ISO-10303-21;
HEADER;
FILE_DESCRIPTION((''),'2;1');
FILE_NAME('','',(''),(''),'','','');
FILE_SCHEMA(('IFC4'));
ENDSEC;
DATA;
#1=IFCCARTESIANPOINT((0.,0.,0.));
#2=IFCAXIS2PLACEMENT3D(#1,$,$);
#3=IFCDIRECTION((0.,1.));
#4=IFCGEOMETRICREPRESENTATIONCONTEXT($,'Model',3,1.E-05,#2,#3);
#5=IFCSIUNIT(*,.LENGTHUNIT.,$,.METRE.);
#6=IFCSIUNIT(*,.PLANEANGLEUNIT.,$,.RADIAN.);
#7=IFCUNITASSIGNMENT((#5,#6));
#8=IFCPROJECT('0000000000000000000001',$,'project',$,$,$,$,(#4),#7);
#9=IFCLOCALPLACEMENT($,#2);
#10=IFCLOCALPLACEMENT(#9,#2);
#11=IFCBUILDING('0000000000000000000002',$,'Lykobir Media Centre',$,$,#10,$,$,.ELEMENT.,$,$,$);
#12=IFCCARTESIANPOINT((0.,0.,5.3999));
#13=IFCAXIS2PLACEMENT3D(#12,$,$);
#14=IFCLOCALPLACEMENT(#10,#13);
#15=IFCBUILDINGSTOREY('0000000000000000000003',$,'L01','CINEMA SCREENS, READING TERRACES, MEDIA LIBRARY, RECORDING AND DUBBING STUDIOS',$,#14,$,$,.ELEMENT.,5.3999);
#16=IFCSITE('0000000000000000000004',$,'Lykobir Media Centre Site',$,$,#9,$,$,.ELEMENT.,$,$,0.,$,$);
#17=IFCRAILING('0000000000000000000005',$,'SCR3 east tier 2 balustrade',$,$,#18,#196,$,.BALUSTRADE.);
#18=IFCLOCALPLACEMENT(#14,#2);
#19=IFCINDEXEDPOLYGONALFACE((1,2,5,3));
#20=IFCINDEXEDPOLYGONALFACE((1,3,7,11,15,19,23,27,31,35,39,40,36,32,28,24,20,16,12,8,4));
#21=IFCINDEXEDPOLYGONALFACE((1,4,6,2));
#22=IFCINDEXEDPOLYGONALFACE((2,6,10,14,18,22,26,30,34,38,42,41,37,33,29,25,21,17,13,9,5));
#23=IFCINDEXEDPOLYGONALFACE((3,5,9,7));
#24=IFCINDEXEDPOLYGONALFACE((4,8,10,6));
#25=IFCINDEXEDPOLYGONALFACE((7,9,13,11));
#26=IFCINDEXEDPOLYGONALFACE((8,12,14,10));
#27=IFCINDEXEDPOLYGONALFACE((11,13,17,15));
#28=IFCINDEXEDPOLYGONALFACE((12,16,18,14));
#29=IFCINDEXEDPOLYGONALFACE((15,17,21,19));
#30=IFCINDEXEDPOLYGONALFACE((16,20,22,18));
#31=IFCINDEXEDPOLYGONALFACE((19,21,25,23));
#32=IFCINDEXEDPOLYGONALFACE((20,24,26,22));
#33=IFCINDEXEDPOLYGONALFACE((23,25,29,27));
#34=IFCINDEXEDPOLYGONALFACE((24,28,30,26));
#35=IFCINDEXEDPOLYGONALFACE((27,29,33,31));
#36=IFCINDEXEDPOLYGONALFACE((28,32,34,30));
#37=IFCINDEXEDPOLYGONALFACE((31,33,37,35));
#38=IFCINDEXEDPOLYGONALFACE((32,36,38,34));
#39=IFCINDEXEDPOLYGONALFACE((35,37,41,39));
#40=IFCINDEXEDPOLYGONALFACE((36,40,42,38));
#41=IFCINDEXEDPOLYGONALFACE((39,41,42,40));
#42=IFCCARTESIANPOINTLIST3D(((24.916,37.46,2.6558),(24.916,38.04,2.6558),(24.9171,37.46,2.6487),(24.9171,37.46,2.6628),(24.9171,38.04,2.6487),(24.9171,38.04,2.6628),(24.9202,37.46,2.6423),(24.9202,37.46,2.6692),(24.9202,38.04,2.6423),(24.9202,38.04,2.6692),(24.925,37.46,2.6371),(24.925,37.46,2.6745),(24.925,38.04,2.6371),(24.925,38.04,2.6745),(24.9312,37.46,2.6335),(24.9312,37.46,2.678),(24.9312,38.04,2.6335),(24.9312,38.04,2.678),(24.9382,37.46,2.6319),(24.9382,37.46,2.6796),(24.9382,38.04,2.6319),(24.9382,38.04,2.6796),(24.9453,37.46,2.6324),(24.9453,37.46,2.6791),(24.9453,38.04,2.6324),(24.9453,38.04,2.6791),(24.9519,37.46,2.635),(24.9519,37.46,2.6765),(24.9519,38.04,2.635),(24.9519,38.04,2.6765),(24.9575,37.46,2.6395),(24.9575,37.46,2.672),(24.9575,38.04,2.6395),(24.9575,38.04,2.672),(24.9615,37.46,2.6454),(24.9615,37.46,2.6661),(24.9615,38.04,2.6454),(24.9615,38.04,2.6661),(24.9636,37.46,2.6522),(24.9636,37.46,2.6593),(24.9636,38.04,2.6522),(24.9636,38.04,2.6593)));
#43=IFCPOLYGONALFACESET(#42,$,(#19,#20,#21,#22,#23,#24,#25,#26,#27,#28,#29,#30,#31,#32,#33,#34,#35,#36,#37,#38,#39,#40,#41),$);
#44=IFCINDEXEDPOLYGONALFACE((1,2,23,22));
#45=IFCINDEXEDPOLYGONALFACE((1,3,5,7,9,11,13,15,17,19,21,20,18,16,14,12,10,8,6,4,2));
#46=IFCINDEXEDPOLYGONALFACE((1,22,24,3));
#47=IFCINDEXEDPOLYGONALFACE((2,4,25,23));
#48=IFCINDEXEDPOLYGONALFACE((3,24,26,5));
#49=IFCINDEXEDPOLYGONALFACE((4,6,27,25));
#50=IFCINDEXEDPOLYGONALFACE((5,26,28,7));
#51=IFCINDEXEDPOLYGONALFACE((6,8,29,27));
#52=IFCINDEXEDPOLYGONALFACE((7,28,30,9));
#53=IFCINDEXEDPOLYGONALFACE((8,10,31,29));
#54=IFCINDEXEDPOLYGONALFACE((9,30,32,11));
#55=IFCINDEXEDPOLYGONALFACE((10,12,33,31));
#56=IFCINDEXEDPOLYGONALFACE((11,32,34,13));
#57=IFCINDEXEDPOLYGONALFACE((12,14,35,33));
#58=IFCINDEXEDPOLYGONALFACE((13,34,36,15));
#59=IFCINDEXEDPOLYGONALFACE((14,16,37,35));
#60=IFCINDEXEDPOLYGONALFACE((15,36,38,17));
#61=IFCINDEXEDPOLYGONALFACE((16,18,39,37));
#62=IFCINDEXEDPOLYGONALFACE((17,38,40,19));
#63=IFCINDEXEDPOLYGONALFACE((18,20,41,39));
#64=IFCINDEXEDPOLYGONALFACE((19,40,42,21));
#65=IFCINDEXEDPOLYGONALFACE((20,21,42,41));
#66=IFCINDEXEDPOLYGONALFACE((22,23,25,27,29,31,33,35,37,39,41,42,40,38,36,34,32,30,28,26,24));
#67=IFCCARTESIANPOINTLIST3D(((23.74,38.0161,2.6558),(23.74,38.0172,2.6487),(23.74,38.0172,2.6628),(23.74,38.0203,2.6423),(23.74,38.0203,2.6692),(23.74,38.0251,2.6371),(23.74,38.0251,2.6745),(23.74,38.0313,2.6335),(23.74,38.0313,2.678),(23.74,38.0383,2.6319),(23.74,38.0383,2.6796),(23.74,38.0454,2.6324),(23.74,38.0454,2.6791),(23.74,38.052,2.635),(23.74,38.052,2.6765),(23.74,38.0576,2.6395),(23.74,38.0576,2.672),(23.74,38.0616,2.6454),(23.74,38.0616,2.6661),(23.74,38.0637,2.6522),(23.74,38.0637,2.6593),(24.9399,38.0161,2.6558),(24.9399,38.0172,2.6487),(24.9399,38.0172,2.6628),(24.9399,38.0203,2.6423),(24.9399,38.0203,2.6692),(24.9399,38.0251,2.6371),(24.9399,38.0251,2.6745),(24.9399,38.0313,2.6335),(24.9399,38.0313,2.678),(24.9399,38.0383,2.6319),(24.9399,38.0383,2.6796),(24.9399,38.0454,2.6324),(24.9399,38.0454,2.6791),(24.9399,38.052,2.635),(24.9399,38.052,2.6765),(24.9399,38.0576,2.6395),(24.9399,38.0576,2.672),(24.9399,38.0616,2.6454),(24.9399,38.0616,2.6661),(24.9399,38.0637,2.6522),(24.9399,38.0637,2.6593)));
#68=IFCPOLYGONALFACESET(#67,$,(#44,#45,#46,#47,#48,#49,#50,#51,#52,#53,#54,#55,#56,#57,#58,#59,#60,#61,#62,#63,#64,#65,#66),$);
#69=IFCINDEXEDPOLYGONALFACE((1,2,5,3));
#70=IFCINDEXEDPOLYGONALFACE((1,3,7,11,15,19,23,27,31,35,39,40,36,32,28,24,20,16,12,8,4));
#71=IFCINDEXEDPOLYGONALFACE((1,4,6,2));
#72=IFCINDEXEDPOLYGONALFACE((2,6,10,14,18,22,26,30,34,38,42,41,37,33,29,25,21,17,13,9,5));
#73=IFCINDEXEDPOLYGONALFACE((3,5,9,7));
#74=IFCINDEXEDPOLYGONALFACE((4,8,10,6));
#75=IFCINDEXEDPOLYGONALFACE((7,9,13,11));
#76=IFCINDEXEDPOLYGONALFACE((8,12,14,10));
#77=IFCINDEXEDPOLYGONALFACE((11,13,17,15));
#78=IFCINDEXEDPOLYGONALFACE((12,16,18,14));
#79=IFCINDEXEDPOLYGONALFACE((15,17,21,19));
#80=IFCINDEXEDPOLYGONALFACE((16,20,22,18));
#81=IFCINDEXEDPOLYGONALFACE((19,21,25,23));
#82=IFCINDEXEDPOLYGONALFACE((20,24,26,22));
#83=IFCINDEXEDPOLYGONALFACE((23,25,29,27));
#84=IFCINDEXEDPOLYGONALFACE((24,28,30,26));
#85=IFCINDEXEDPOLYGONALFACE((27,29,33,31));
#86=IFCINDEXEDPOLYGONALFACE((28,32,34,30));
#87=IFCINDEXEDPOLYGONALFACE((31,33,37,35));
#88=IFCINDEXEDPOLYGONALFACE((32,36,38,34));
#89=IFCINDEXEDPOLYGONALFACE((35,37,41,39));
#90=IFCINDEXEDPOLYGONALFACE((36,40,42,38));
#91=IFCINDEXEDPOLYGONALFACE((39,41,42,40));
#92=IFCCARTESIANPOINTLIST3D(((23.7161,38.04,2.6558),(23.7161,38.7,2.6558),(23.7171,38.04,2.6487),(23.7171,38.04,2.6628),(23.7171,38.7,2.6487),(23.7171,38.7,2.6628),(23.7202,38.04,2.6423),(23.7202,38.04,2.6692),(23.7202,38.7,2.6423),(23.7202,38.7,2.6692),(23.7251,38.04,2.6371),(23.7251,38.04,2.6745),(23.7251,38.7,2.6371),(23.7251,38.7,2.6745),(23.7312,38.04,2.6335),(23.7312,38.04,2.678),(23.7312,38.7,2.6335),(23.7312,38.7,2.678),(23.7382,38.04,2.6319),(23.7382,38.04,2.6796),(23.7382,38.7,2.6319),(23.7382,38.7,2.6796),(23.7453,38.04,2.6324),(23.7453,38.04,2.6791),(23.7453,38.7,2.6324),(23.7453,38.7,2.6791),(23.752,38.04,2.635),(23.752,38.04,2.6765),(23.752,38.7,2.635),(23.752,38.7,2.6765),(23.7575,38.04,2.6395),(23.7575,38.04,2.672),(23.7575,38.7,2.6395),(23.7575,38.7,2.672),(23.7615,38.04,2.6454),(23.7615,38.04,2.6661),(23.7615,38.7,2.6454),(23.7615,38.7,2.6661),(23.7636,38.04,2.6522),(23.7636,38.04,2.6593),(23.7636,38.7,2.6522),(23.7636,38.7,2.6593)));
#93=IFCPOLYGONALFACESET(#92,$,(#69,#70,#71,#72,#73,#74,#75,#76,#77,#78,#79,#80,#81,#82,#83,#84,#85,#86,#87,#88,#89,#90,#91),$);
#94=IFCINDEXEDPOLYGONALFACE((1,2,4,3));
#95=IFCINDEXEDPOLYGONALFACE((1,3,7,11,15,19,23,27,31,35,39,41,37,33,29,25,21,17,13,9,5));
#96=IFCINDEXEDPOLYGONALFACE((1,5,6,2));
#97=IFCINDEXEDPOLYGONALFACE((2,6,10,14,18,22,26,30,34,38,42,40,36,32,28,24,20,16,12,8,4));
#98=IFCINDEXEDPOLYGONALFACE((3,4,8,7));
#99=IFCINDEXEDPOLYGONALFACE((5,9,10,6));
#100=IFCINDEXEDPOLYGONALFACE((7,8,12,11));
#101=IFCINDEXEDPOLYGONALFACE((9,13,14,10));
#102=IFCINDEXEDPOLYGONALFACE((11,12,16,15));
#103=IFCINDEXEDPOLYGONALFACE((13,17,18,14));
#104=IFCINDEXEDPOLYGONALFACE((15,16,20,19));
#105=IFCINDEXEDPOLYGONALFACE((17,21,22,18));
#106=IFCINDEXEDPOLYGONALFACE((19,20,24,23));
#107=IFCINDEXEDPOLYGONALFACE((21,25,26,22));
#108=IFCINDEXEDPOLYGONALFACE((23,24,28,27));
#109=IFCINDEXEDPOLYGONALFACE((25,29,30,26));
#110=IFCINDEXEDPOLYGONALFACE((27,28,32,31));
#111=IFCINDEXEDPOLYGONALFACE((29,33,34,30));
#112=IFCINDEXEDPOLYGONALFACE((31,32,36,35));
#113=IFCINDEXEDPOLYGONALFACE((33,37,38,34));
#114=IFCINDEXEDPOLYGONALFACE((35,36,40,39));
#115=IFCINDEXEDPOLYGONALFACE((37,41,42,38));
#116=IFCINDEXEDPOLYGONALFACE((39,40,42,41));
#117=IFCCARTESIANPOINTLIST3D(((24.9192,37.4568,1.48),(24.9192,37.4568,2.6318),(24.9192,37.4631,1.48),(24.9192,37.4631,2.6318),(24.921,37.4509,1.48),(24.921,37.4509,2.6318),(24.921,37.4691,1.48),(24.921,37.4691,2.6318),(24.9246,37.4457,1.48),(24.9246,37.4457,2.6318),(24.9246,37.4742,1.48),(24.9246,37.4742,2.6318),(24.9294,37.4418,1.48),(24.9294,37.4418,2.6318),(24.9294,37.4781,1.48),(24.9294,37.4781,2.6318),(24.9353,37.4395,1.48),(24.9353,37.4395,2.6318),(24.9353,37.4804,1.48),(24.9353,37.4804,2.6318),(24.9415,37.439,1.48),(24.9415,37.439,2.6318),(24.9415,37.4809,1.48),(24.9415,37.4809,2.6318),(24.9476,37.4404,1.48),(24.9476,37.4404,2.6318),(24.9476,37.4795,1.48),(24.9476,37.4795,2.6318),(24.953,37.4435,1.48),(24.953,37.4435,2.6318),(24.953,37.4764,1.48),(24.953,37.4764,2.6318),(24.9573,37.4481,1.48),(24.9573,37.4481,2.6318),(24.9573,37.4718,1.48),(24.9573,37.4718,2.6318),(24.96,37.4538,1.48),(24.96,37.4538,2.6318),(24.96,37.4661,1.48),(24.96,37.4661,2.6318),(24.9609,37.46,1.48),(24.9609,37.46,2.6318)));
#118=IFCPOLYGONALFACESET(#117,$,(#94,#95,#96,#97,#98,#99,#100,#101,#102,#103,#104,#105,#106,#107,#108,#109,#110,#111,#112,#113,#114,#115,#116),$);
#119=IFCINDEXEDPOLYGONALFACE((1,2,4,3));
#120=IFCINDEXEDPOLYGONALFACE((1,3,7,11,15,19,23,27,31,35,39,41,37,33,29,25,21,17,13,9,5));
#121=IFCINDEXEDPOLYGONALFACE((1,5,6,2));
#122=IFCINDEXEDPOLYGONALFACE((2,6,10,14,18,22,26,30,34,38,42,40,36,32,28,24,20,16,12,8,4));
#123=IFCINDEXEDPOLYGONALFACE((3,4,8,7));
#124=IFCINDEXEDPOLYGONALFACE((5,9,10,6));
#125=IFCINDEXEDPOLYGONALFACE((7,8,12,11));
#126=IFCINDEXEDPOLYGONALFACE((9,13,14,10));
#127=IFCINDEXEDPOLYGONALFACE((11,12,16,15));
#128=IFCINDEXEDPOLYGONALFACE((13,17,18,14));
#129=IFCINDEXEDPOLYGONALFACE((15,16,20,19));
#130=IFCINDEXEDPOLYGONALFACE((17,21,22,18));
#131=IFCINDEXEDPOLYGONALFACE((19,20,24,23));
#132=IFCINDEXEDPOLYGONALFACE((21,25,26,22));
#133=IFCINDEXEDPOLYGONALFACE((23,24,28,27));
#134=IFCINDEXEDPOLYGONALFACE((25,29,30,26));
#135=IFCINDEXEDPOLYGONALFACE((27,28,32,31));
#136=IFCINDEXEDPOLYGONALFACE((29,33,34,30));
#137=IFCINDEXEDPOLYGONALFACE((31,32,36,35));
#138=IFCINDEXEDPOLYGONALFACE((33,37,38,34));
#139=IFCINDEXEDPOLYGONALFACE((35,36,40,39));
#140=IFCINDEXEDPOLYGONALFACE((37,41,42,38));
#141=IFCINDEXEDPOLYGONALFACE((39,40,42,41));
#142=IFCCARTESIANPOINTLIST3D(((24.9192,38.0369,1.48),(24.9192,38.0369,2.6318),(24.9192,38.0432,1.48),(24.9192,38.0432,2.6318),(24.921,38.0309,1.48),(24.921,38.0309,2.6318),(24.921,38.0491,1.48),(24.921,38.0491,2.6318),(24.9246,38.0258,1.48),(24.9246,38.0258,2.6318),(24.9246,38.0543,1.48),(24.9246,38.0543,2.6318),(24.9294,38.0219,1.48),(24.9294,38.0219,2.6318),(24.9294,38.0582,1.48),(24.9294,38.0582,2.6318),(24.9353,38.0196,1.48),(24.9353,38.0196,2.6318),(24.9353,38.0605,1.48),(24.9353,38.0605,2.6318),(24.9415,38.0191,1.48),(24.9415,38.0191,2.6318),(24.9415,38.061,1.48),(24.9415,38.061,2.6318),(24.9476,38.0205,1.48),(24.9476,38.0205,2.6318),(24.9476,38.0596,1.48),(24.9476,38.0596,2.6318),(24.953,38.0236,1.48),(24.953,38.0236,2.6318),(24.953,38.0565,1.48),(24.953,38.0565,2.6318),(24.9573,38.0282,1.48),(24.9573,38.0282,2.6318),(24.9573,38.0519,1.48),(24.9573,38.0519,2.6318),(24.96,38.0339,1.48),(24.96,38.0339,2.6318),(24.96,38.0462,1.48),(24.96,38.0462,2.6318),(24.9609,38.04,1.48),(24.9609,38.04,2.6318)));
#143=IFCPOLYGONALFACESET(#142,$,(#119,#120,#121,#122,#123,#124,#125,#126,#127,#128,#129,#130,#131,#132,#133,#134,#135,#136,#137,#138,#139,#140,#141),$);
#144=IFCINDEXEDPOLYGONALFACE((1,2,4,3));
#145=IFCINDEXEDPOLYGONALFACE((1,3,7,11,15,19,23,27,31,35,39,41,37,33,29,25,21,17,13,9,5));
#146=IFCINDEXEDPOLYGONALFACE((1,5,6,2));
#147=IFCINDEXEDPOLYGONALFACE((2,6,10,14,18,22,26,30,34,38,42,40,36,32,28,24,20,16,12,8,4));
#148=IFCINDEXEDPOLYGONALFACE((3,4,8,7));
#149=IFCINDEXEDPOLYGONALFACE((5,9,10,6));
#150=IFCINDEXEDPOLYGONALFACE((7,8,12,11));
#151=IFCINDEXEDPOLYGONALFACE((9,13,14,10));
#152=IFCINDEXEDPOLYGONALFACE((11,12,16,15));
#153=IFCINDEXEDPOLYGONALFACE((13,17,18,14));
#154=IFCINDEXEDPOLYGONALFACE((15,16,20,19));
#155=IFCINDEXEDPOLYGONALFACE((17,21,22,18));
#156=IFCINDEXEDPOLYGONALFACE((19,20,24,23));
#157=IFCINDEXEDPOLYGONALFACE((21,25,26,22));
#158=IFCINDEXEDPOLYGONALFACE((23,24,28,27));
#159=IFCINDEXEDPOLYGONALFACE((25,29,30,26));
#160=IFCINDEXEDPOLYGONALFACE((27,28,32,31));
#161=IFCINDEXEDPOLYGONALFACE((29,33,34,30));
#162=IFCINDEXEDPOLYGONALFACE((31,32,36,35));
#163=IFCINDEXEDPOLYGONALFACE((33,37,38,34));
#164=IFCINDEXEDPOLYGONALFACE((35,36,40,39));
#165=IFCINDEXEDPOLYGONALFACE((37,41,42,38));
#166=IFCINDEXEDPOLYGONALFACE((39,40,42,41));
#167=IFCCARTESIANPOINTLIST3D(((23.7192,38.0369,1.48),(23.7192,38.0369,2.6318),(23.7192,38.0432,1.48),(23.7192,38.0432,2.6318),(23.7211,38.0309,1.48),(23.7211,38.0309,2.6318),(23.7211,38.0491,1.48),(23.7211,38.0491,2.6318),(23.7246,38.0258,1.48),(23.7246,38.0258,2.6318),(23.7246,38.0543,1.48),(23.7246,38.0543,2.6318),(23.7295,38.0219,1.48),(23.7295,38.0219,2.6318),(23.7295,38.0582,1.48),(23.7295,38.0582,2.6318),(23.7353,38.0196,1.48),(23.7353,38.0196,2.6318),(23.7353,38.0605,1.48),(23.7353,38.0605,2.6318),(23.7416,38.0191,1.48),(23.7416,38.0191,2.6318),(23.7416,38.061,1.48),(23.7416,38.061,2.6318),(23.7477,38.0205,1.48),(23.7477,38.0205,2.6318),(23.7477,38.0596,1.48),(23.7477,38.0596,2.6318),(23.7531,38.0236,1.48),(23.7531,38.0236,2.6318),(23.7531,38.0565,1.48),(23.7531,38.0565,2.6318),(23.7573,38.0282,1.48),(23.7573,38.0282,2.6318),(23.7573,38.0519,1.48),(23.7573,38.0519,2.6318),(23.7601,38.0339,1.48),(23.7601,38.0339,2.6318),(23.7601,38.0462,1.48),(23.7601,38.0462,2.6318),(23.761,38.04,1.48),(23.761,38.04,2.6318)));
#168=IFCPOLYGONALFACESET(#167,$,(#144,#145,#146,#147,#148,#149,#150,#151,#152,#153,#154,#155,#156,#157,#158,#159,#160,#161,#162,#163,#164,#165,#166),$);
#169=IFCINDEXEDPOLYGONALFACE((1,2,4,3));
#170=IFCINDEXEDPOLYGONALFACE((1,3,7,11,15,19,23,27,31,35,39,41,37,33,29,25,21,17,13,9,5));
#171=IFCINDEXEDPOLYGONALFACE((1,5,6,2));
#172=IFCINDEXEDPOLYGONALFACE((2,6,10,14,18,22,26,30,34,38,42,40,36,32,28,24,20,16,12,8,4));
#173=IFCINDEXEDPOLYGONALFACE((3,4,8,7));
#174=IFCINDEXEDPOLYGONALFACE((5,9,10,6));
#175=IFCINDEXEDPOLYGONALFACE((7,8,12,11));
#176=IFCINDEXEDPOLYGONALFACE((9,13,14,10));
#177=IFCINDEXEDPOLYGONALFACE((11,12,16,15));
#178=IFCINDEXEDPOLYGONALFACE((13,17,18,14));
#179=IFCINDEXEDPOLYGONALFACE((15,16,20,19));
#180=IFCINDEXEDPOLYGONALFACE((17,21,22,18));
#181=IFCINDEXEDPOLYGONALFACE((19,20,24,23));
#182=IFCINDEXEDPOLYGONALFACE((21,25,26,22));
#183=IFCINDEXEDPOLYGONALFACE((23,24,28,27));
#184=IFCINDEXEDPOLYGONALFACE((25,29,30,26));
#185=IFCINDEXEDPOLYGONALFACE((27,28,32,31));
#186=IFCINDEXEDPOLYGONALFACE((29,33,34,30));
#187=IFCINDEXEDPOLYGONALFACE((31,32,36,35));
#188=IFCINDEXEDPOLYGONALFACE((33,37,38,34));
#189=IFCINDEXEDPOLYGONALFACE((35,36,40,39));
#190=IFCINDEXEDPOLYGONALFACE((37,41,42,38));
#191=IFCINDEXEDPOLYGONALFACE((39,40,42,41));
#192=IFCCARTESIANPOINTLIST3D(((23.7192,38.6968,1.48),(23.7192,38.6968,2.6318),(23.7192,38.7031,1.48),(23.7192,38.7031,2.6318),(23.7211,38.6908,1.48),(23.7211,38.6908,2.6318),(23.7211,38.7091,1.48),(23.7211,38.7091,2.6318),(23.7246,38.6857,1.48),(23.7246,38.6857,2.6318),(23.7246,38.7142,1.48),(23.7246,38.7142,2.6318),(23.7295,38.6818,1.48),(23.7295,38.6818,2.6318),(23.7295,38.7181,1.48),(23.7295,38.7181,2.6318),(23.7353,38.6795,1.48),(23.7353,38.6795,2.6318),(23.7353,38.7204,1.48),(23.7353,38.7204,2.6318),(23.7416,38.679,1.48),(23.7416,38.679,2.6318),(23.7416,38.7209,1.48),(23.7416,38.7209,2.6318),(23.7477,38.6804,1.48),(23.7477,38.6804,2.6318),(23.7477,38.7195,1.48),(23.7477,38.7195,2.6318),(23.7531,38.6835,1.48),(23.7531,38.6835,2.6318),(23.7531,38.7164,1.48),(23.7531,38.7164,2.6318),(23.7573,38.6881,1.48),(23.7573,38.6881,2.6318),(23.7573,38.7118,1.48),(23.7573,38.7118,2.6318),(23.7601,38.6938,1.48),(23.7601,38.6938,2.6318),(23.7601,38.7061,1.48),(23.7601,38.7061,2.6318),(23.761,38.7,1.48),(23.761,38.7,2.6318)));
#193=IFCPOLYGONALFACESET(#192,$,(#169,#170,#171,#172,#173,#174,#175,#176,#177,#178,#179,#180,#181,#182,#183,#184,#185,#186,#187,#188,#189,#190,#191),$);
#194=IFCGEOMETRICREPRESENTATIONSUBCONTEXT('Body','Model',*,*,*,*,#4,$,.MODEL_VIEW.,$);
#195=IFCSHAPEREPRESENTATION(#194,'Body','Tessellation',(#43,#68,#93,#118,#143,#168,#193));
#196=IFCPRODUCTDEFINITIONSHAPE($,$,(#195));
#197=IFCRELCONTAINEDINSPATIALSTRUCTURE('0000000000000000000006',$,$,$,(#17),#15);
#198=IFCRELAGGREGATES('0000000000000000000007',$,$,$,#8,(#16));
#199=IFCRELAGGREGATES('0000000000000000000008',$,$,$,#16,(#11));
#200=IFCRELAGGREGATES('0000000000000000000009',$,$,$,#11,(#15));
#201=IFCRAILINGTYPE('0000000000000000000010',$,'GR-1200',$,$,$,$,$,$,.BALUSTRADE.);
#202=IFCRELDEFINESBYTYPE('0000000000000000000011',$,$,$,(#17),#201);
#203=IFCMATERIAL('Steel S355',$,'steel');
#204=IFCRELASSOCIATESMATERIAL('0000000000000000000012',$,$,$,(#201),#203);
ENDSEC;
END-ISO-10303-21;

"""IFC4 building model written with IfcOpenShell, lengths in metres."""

from ifc_helpers import new_model, si_unit, direction, frame, origin, origin_2d, place, context, subcontext, project, spatial, circle, extrude, material, type_object, element, save


model = new_model("IFC4")

# Units and contexts
model_context = context("Model", 3, precision=1e-05, world=origin(), true_north=direction((0.0, 1.0)))
body_context = subcontext(model_context, "Body", "Model", "MODEL_VIEW")
ifc_project = project(units=[si_unit("LENGTHUNIT", "METRE"), si_unit("PLANEANGLEUNIT", "RADIAN")], contexts=[model_context])

# Site, building, storey
site_placement = place(None, origin())
site = spatial("IfcSite", under=ifc_project, at=site_placement, Name="Lykobir Media Centre Site", CompositionType="ELEMENT", RefElevation=0.0)
building_placement = place(site_placement, origin())
building = spatial("IfcBuilding", under=site, at=building_placement, Name="Lykobir Media Centre", CompositionType="ELEMENT")
storey_placement = place(building_placement, frame((0.0, 0.0, 5.3999)))
storey = spatial("IfcBuildingStorey", under=building, at=storey_placement, Name="L01", Description="CINEMA SCREENS, READING TERRACES, MEDIA LIBRARY, RECORDING AND DUBBING STUDIOS", CompositionType="ELEMENT", Elevation=5.3999)

# Shared definitions
ifc_material = material(Name="Steel S355", Category="steel")

# Railing
railing_type = type_object("IfcRailingType", Name="GR-1200", PredefinedType="BALUSTRADE", material=ifc_material)
railing_1_placement = place(storey_placement, frame((24.9399, 37.46, 1.48)))
element("IfcRailing", 1, at=railing_1_placement, inside=storey, type_object=railing_type, Name="SCR3 east tier 2 balustrade", PredefinedType="BALUSTRADE", context=body_context, shape_type="SweptSolid", body=[
    extrude(circle(Radius=0.0239, at=origin_2d()), frame((0.0, 0.0, 1.1758), z_axis=(0.0, 1.0, 0.0), x_axis=(-1.0, 0.0, 0.0)), (0.0, 0.0, 1.0), 0.5801),
    extrude(circle(Radius=0.0239, at=origin_2d()), frame((0.0, 0.5801, 1.1758), z_axis=(-1.0, 0.0, 0.0), x_axis=(0.0, -1.0, 0.0)), (0.0, 0.0, 1.0), 1.2),
    extrude(circle(Radius=0.0239, at=origin_2d()), frame((-1.2, 0.5801, 1.1758), z_axis=(0.0, 1.0, 0.0), x_axis=(-1.0, 0.0, 0.0)), (0.0, 0.0, 1.0), 0.6599),
    extrude(circle(Radius=0.021, at=origin_2d()), origin(), (0.0, 0.0, 1.0), 1.1519),
    extrude(circle(Radius=0.021, at=origin_2d()), frame((0.0, 0.5801, 0.0)), (0.0, 0.0, 1.0), 1.1519),
    extrude(circle(Radius=0.021, at=origin_2d()), frame((-1.2, 0.5801, 0.0)), (0.0, 0.0, 1.0), 1.1519),
    extrude(circle(Radius=0.021, at=origin_2d()), frame((-1.2, 1.24, 0.0)), (0.0, 0.0, 1.0), 1.1519),
])

save(model, "model.ifc")
